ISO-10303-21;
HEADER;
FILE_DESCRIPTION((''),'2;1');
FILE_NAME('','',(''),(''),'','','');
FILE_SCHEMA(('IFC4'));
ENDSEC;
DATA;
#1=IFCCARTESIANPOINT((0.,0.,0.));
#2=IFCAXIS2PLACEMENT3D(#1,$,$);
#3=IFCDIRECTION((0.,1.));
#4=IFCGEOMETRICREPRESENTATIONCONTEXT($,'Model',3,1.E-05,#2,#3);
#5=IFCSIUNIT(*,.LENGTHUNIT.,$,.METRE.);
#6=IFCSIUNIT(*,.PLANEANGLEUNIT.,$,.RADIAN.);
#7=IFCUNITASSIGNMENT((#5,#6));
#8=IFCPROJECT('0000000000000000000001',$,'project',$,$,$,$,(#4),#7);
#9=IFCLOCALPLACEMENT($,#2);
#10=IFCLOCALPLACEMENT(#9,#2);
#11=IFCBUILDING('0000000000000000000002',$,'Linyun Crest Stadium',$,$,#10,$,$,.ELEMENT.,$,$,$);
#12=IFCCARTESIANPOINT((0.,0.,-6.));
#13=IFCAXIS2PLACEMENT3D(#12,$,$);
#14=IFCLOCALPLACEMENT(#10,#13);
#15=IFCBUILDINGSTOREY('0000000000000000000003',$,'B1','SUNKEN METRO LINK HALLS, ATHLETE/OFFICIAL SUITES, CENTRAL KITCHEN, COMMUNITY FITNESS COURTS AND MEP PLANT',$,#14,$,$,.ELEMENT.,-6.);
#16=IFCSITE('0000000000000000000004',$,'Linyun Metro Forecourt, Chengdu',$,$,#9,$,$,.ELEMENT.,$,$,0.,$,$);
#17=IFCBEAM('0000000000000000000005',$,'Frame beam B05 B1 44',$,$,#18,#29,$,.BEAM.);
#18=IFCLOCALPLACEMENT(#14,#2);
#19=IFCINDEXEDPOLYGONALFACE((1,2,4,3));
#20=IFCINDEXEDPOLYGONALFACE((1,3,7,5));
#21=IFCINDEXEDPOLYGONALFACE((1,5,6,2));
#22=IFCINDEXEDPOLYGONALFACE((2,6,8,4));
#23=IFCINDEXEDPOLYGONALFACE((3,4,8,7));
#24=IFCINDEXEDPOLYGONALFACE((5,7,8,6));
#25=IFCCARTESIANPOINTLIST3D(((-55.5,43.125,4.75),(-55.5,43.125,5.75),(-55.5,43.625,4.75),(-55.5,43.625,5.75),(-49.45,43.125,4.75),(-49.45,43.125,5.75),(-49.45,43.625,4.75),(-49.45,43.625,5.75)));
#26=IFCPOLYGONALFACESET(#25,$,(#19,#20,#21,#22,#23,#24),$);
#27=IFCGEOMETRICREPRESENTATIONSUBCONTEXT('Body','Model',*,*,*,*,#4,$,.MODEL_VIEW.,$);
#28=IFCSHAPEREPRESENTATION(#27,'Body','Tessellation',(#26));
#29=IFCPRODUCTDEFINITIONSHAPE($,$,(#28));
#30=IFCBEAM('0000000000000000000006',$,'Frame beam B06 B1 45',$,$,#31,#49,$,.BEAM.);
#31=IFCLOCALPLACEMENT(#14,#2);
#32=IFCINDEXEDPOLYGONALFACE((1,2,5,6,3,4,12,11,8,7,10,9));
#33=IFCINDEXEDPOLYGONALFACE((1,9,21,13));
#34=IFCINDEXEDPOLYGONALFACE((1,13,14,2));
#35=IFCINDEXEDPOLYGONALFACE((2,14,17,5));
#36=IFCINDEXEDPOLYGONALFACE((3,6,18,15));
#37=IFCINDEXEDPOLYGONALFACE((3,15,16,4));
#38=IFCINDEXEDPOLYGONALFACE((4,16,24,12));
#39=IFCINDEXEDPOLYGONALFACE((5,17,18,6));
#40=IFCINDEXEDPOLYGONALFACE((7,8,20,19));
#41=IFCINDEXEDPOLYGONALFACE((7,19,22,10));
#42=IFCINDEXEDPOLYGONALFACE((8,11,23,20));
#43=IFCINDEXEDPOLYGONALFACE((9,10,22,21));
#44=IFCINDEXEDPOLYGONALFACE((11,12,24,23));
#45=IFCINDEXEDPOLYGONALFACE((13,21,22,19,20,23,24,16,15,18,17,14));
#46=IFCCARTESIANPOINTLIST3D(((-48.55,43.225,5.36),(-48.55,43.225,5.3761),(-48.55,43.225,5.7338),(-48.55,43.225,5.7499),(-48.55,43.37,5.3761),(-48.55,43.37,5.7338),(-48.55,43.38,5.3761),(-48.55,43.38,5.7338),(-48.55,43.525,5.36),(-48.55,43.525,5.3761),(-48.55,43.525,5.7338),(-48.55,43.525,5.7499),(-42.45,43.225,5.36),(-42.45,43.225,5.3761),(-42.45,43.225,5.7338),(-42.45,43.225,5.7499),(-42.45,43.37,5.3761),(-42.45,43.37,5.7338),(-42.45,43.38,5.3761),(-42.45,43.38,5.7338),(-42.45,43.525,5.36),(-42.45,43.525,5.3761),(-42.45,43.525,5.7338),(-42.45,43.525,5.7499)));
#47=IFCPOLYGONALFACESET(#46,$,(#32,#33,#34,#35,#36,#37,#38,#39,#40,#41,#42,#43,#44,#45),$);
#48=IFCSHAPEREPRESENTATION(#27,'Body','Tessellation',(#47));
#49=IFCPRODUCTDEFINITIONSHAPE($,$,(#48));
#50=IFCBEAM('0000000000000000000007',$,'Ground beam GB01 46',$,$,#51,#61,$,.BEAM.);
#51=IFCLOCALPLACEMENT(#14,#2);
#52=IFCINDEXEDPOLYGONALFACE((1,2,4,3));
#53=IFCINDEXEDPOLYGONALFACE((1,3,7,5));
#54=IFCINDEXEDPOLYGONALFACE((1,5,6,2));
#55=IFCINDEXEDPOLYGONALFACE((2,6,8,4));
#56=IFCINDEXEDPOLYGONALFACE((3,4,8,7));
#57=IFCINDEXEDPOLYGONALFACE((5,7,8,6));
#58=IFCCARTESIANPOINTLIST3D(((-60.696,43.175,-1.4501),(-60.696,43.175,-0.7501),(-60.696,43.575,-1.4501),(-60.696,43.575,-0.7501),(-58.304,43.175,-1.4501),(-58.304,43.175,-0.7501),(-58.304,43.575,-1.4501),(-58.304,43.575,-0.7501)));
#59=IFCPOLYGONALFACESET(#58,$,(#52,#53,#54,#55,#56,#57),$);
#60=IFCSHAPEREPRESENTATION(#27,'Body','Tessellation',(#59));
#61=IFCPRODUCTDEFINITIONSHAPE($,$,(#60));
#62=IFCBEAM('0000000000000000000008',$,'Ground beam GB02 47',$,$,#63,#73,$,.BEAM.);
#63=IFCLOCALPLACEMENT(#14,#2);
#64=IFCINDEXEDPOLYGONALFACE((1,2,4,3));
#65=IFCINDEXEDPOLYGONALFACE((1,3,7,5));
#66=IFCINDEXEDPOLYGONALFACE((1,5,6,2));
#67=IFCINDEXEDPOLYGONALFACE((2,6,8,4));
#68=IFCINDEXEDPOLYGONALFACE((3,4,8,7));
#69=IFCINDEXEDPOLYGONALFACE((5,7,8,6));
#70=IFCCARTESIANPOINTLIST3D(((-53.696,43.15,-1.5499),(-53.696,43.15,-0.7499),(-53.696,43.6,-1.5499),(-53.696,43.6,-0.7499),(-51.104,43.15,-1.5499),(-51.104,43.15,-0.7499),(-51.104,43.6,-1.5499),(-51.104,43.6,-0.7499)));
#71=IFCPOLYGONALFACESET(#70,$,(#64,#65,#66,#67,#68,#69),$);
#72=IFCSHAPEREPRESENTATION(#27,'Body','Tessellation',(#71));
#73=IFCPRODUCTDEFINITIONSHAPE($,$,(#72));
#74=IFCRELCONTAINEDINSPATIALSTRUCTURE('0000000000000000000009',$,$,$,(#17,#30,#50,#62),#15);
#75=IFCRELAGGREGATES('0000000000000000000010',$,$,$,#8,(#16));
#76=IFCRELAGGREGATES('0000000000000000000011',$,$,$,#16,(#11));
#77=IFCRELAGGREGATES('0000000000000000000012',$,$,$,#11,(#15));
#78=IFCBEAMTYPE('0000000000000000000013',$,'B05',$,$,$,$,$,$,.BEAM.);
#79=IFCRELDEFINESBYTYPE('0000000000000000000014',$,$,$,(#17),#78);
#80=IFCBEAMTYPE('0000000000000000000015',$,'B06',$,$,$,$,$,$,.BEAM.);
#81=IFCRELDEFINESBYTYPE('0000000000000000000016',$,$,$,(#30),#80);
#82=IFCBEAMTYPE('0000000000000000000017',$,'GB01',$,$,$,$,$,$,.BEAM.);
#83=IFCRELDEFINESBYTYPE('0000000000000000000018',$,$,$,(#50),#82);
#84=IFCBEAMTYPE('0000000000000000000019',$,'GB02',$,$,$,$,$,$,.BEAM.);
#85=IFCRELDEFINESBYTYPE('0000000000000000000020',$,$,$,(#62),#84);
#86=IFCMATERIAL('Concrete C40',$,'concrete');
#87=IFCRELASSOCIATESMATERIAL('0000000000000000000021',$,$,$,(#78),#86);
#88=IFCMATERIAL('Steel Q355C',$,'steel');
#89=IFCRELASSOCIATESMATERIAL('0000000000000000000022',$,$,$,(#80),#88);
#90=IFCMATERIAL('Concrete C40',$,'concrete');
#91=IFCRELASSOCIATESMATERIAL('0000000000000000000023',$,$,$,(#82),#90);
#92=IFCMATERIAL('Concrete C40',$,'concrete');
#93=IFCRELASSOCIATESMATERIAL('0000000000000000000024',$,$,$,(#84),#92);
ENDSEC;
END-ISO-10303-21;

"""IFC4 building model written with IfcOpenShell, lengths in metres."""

from ifc_helpers import new_model, si_unit, direction, frame, origin, origin_2d, place, context, subcontext, project, spatial, rectangle, i_section, extrude, material, material_profile, profile_set, type_object, element, save


model = new_model("IFC4")

# Units and contexts
model_context = context("Model", 3, precision=1e-05, world=origin(), true_north=direction((0.0, 1.0)))
body_context = subcontext(model_context, "Body", "Model", "MODEL_VIEW")
ifc_project = project(units=[si_unit("LENGTHUNIT", "METRE"), si_unit("PLANEANGLEUNIT", "RADIAN")], contexts=[model_context])

# Site, building, storey
site_placement = place(None, origin())
site = spatial("IfcSite", under=ifc_project, at=site_placement, Name="Linyun Metro Forecourt, Chengdu", CompositionType="ELEMENT", RefElevation=0.0)
building_placement = place(site_placement, origin())
building = spatial("IfcBuilding", under=site, at=building_placement, Name="Linyun Crest Stadium", CompositionType="ELEMENT")
storey_placement = place(building_placement, frame((0.0, 0.0, -6.0)))
storey = spatial("IfcBuildingStorey", under=building, at=storey_placement, Name="B1", Description="SUNKEN METRO LINK HALLS, ATHLETE/OFFICIAL SUITES, CENTRAL KITCHEN, COMMUNITY FITNESS COURTS AND MEP PLANT", CompositionType="ELEMENT", Elevation=-6.0)

# Beams
ifc_material_1 = material(Name="Concrete C40", Category="concrete")
ifc_material_profile_1 = material_profile(ifc_material_1, rectangle(XDim=0.5, YDim=1.0, at=origin_2d()), Name="RCB 1000x500")
ifc_profile_set_1 = profile_set([ifc_material_profile_1], Name="Concrete C40")
beam_type_1 = type_object("IfcBeamType", Name="B05", PredefinedType="BEAM", material=ifc_profile_set_1)
beam_1_placement = place(storey_placement, frame((-55.5, 43.375, 5.25), z_axis=(1.0, 0.0, 0.0), x_axis=(0.0, 1.0, 0.0)))
element("IfcBeam", 1, at=beam_1_placement, inside=storey, type_object=beam_type_1, Name="Frame beam B05 B1 44", PredefinedType="BEAM", context=body_context, shape_type="SweptSolid", body=[
    extrude(rectangle(XDim=0.5, YDim=1.0, at=origin_2d()), origin(), (0.0, 0.0, 1.0), 6.05),
])
ifc_material_2 = material(Name="Steel Q355C", Category="steel")
ifc_material_profile_2 = material_profile(ifc_material_2, i_section(OverallWidth=0.3, OverallDepth=0.3899, WebThickness=0.01, FlangeThickness=0.0161, at=origin_2d()), Name="HM 390x300")
ifc_profile_set_2 = profile_set([ifc_material_profile_2], Name="Steel Q355C")
beam_type_2 = type_object("IfcBeamType", Name="B06", PredefinedType="BEAM", material=ifc_profile_set_2)
beam_2_placement = place(storey_placement, frame((-48.55, 43.375, 5.5549), z_axis=(1.0, 0.0, 0.0), x_axis=(0.0, 1.0, 0.0)))
element("IfcBeam", 2, at=beam_2_placement, inside=storey, type_object=beam_type_2, Name="Frame beam B06 B1 45", PredefinedType="BEAM", context=body_context, shape_type="SweptSolid", body=[
    extrude(i_section(OverallWidth=0.3, OverallDepth=0.3899, WebThickness=0.01, FlangeThickness=0.0161, at=origin_2d()), origin(), (0.0, 0.0, 1.0), 6.1001),
])
ifc_material_3 = material(Name="Concrete C40", Category="concrete")
ifc_material_profile_3 = material_profile(ifc_material_3, rectangle(XDim=0.3999, YDim=0.7, at=origin_2d()), Name="RCB 700x400")
ifc_profile_set_3 = profile_set([ifc_material_profile_3], Name="Concrete C40")
beam_type_3 = type_object("IfcBeamType", Name="GB01", PredefinedType="BEAM", material=ifc_profile_set_3)
beam_3_placement = place(storey_placement, frame((-60.696, 43.375, -1.1001), z_axis=(1.0, 0.0, 0.0), x_axis=(0.0, 1.0, 0.0)))
element("IfcBeam", 3, at=beam_3_placement, inside=storey, type_object=beam_type_3, Name="Ground beam GB01 46", PredefinedType="BEAM", context=body_context, shape_type="SweptSolid", body=[
    extrude(rectangle(XDim=0.3999, YDim=0.7, at=origin_2d()), origin(), (0.0, 0.0, 1.0), 2.3921),
])
ifc_material_4 = material(Name="Concrete C40", Category="concrete")
ifc_material_profile_4 = material_profile(ifc_material_4, rectangle(XDim=0.45, YDim=0.8, at=origin_2d()), Name="RCB 800x450")
ifc_profile_set_4 = profile_set([ifc_material_profile_4], Name="Concrete C40")
beam_type_4 = type_object("IfcBeamType", Name="GB02", PredefinedType="BEAM", material=ifc_profile_set_4)
beam_4_placement = place(storey_placement, frame((-53.696, 43.375, -1.1499), z_axis=(1.0, 0.0, 0.0), x_axis=(0.0, 1.0, 0.0)))
element("IfcBeam", 4, at=beam_4_placement, inside=storey, type_object=beam_type_4, Name="Ground beam GB02 47", PredefinedType="BEAM", context=body_context, shape_type="SweptSolid", body=[
    extrude(rectangle(XDim=0.45, YDim=0.8, at=origin_2d()), origin(), (0.0, 0.0, 1.0), 2.592),
])

save(model, "model.ifc")
